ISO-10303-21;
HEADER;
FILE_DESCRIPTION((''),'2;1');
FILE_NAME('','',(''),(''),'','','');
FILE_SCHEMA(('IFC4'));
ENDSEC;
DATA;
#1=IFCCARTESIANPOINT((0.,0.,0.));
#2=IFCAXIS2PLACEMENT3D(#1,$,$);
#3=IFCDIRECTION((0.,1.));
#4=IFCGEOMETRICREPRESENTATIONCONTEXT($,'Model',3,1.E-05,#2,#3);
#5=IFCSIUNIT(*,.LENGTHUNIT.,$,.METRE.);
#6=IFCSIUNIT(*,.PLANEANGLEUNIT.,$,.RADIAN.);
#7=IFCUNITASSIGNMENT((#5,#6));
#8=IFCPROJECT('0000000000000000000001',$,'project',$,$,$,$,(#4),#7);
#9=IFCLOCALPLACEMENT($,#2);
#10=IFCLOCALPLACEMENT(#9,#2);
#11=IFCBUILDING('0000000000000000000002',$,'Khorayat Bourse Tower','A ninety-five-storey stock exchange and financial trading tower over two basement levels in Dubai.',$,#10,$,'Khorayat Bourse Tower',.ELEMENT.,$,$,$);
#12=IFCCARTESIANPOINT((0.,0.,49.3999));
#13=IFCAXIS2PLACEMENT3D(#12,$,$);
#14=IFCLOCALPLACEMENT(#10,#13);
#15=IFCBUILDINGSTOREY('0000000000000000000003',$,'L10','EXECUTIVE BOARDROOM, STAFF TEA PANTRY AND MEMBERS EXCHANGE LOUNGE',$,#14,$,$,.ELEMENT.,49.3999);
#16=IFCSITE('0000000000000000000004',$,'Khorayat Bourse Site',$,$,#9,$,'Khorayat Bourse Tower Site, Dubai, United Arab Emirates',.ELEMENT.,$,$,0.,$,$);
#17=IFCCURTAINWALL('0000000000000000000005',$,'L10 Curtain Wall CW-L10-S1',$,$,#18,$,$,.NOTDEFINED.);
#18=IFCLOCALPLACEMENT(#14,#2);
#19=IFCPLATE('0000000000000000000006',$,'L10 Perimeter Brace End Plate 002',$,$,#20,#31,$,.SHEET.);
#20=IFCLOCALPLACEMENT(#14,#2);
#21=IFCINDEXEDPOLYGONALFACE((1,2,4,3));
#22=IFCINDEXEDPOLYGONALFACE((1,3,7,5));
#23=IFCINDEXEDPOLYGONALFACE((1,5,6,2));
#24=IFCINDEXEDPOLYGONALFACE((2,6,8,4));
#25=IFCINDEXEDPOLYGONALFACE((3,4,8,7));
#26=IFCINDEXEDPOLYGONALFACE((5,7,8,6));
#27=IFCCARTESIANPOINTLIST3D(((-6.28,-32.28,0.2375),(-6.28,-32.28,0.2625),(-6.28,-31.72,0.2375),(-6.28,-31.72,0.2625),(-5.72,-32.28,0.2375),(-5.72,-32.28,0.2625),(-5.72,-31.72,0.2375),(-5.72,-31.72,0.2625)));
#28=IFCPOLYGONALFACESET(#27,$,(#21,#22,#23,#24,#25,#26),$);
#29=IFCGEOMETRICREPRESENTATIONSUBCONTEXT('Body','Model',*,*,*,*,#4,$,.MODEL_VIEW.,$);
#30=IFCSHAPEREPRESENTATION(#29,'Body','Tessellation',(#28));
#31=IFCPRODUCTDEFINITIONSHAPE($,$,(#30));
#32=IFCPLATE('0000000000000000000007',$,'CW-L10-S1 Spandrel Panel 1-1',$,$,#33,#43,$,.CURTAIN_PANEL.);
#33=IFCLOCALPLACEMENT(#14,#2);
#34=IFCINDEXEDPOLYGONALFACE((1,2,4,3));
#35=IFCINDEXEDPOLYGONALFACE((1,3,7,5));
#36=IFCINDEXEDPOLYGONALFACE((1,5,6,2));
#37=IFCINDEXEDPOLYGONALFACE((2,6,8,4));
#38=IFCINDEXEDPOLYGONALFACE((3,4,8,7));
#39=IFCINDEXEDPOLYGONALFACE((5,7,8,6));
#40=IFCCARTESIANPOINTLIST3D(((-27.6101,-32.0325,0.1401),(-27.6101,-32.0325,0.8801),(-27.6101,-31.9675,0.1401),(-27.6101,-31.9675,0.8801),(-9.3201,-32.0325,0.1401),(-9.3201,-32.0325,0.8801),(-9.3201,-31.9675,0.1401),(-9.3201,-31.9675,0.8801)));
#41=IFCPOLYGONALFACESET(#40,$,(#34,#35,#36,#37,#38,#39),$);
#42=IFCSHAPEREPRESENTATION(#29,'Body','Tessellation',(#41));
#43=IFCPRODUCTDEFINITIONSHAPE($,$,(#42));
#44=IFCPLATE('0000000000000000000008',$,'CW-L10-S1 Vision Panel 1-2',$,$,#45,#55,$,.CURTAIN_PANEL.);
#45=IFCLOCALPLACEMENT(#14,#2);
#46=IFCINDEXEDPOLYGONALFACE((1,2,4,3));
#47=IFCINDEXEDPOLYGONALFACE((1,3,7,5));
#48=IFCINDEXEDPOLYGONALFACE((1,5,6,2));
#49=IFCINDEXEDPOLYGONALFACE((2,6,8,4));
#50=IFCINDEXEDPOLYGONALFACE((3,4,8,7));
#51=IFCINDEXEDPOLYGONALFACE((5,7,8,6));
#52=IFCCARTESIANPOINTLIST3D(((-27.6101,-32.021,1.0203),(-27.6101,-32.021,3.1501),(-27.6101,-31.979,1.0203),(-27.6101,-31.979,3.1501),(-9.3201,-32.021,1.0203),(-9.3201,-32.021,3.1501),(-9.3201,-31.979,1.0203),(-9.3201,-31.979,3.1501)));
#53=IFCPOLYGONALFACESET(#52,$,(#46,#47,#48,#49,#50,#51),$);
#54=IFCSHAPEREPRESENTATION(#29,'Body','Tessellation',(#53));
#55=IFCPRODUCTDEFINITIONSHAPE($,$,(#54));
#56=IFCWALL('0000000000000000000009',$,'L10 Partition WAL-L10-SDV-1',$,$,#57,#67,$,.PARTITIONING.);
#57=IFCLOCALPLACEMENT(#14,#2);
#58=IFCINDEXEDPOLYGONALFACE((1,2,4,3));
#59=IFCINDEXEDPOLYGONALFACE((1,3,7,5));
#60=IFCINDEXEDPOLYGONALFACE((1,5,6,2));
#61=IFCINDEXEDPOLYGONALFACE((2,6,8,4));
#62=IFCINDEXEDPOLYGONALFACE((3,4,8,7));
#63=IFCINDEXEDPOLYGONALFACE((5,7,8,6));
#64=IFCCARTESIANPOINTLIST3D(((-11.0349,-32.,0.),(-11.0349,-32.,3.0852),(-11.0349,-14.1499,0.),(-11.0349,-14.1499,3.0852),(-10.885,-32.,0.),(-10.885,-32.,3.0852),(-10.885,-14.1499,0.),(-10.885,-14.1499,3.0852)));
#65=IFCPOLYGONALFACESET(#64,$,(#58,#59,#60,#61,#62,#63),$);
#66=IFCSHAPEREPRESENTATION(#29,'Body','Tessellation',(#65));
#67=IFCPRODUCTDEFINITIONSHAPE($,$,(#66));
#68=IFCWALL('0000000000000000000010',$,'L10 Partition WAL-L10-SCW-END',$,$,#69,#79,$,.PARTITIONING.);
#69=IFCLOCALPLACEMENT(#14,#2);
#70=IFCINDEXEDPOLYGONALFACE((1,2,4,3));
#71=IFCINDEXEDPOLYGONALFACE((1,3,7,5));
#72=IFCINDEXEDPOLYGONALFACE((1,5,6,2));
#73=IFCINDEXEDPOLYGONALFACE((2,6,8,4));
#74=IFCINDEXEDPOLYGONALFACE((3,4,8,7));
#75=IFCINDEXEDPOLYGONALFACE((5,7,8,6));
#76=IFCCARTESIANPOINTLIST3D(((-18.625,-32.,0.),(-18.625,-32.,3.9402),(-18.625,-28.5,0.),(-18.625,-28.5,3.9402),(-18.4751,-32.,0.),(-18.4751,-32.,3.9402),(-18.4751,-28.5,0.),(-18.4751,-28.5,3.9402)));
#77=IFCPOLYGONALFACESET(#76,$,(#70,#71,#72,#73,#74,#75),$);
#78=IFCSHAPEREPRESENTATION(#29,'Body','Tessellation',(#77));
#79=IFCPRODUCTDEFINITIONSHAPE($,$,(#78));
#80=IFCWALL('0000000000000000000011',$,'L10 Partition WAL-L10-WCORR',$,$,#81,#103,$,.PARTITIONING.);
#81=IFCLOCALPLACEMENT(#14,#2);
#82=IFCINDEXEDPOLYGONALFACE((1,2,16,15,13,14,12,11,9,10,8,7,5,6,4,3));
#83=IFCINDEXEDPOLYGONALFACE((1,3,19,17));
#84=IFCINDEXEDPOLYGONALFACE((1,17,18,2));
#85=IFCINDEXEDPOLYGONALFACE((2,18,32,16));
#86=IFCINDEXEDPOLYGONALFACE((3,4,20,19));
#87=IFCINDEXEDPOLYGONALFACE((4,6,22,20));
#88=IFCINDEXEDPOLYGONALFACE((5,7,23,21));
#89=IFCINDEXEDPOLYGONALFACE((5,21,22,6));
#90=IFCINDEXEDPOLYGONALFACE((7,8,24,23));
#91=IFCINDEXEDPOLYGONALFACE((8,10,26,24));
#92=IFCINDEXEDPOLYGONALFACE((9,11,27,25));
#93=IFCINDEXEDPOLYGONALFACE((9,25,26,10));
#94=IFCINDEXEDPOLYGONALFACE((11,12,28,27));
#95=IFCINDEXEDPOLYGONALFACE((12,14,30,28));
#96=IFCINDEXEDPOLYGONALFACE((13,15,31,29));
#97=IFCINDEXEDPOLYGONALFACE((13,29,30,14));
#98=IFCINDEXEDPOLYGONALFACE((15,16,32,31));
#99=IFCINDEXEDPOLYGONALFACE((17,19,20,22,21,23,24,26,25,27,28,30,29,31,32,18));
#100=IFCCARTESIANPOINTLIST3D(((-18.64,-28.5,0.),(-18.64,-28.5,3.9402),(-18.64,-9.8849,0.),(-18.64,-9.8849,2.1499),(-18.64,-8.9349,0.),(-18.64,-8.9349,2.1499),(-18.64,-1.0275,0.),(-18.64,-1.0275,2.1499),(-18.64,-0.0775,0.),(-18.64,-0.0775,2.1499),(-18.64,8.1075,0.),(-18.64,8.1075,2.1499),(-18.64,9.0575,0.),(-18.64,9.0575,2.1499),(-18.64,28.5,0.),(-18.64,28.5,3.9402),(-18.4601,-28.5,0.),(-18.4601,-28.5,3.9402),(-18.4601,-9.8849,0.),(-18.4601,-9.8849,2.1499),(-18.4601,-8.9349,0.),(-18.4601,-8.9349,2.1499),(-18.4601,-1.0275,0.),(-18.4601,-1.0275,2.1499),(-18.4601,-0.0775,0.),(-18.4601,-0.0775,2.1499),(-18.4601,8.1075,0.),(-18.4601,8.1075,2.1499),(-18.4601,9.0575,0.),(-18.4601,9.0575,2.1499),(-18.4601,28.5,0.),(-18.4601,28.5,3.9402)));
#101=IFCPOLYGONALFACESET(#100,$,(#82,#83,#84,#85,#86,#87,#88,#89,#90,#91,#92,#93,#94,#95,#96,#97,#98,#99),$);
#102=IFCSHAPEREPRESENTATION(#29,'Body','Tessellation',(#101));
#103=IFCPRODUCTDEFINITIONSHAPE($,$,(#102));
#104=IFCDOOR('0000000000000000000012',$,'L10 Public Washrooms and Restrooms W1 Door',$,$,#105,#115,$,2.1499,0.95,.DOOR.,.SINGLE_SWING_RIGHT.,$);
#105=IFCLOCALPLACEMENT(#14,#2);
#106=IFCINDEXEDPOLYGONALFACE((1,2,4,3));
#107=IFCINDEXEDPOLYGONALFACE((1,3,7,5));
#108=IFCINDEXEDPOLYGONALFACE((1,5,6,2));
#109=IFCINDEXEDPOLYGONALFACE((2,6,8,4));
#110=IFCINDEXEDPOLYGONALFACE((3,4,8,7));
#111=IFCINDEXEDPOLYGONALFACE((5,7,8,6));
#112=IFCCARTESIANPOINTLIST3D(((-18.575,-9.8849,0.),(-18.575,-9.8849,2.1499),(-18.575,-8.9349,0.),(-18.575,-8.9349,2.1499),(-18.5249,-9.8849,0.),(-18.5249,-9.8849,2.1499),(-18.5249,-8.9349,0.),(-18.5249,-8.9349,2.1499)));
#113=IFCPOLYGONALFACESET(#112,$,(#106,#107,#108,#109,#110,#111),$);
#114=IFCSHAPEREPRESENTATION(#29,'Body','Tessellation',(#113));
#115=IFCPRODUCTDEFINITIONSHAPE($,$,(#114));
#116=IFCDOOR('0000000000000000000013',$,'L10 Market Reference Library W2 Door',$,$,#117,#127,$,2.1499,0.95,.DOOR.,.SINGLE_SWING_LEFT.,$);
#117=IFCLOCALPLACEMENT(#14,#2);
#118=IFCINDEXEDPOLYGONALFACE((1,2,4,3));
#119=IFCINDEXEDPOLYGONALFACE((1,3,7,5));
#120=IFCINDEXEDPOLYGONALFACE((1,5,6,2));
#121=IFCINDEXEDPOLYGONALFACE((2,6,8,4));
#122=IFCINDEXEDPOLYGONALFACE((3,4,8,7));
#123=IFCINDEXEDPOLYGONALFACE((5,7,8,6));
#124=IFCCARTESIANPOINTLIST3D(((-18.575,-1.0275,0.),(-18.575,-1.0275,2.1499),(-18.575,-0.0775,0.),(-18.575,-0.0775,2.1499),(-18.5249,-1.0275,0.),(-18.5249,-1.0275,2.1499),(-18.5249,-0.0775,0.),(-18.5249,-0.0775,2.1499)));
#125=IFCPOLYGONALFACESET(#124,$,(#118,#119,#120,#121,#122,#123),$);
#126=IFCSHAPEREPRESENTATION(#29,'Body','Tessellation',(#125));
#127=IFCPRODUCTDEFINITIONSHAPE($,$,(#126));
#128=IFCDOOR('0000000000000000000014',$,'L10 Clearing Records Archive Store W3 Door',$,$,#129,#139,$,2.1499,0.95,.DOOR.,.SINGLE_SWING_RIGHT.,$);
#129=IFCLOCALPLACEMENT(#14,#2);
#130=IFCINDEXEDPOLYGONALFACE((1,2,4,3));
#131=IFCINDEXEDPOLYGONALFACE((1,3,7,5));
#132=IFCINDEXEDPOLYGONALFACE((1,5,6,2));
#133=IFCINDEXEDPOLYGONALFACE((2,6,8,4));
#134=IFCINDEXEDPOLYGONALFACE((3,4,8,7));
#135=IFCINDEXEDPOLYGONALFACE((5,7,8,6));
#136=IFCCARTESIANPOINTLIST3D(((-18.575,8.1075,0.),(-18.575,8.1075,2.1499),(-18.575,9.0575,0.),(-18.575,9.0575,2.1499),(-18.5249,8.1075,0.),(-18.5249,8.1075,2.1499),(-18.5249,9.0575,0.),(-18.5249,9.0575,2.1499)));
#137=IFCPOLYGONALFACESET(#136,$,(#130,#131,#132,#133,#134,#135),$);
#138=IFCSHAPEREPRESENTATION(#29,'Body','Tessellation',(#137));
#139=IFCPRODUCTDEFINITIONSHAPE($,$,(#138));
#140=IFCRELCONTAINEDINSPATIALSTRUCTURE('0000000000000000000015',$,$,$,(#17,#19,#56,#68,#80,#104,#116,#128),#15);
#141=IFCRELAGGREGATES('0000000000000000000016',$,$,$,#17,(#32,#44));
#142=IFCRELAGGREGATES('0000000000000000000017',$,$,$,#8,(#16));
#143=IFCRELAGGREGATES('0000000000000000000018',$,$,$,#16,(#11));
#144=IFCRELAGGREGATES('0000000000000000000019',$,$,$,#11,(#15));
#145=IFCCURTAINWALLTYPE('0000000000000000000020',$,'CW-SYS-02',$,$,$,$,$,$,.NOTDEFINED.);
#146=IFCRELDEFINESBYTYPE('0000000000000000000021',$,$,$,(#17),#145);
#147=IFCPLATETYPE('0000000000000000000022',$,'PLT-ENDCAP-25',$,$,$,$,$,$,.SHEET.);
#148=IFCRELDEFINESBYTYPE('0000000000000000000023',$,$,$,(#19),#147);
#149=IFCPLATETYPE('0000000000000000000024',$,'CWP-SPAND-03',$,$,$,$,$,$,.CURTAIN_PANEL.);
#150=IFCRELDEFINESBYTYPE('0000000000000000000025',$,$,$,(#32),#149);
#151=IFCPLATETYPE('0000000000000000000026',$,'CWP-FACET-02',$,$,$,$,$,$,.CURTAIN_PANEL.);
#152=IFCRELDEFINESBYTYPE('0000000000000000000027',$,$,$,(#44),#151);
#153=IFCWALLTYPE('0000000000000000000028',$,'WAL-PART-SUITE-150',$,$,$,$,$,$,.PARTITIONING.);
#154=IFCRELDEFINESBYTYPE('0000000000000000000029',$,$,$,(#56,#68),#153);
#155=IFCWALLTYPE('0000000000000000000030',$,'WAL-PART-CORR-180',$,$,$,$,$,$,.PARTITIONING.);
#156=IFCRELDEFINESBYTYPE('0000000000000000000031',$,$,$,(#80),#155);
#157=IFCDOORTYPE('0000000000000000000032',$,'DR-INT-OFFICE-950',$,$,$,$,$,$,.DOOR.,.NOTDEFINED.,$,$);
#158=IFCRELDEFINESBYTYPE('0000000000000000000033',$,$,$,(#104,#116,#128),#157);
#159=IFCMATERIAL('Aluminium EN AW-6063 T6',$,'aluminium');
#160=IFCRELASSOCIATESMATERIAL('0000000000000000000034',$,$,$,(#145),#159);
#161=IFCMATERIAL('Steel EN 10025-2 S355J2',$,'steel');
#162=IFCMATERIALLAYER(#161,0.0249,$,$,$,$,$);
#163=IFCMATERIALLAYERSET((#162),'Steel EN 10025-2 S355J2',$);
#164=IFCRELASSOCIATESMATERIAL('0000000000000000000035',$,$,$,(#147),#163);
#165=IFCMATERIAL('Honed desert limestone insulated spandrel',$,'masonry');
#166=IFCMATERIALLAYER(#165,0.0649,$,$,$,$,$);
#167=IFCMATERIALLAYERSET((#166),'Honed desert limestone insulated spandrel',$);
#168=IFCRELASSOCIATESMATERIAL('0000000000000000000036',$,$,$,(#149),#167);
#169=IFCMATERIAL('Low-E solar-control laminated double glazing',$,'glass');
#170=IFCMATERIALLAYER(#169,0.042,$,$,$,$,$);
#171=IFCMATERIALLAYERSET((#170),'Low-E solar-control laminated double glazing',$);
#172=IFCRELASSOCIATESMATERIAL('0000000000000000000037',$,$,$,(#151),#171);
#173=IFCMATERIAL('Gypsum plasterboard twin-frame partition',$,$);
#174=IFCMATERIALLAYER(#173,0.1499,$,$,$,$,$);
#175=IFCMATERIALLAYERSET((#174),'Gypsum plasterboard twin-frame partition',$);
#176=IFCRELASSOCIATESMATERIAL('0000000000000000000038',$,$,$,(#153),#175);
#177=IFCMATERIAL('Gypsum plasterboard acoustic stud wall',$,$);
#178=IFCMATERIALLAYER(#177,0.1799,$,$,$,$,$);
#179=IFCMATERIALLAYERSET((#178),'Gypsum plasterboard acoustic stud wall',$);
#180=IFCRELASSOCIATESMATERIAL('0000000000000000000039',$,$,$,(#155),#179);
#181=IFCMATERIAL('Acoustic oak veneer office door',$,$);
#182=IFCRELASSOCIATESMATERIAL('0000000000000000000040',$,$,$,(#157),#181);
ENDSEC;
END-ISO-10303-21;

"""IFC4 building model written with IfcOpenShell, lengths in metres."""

from ifc_helpers import new_model, si_unit, direction, frame, frame_2d, origin, origin_2d, place, context, subcontext, project, spatial, rectangle, extrude, source, transform, mapped, material, layer, layer_set, type_object, element, fill, aggregate, save


model = new_model("IFC4")

# Units and contexts
model_context = context("Model", 3, precision=1e-05, world=origin(), true_north=direction((0.0, 1.0)))
body_context = subcontext(model_context, "Body", "Model", "MODEL_VIEW")
ifc_project = project(units=[si_unit("LENGTHUNIT", "METRE"), si_unit("PLANEANGLEUNIT", "RADIAN")], contexts=[model_context])

# Site, building, storey
site_placement = place(None, origin())
site = spatial("IfcSite", under=ifc_project, at=site_placement, Name="Khorayat Bourse Site", LongName="Khorayat Bourse Tower Site, Dubai, United Arab Emirates", CompositionType="ELEMENT", RefElevation=0.0)
building_placement = place(site_placement, origin())
building = spatial("IfcBuilding", under=site, at=building_placement, Name="Khorayat Bourse Tower", Description="A ninety-five-storey stock exchange and financial trading tower over two basement levels in Dubai.", LongName="Khorayat Bourse Tower", CompositionType="ELEMENT")
storey_placement = place(building_placement, frame((0.0, 0.0, 49.3999)))
storey = spatial("IfcBuildingStorey", under=building, at=storey_placement, Name="L10", Description="EXECUTIVE BOARDROOM, STAFF TEA PANTRY AND MEMBERS EXCHANGE LOUNGE", CompositionType="ELEMENT", Elevation=49.3999)

# Curtain wall
ifc_material_1 = material(Name="Aluminium EN AW-6063 T6", Category="aluminium")
curtain_wall_type = type_object("IfcCurtainWallType", Name="CW-SYS-02", PredefinedType="NOTDEFINED", material=ifc_material_1)
curtain_wall_placement = place(storey_placement, origin())
curtain_wall = element("IfcCurtainWall", 1, at=curtain_wall_placement, inside=storey, type_object=curtain_wall_type, Name="L10 Curtain Wall CW-L10-S1", PredefinedType="NOTDEFINED")

# Plate
ifc_material_2 = material(Name="Steel EN 10025-2 S355J2", Category="steel")
ifc_layer_1 = layer(ifc_material_2, 0.0249)
ifc_layer_set_1 = layer_set([ifc_layer_1], Name="Steel EN 10025-2 S355J2")
plate_type_1 = type_object("IfcPlateType", Name="PLT-ENDCAP-25", PredefinedType="SHEET", material=ifc_layer_set_1)
shared_shape_1 = source(origin(), body_context, "Body", "SweptSolid", [
    extrude(rectangle(XDim=0.5601, YDim=0.5601, at=origin_2d()), origin(), (0.0, 0.0, 1.0), 0.0249),
])
for number, where, z_axis, x_axis, name in (
    (2, (-6.0, -32.0, 0.2375), (0.0, 0.0, 1.0), (1.0, 0.0, 0.0), "L10 Perimeter Brace End Plate 002"),
):
    element("IfcPlate", number, at=place(storey_placement, frame(where, z_axis=z_axis, x_axis=x_axis)), inside=storey, type_object=plate_type_1, Name=name, PredefinedType="SHEET", context=body_context, shape_type="MappedRepresentation", body=[
        mapped(shared_shape_1, transform((0.0, 0.0, 0.0), scale=1.0)),
    ])

# Plates
ifc_material_3 = material(Name="Honed desert limestone insulated spandrel", Category="masonry")
ifc_layer_2 = layer(ifc_material_3, 0.0649)
ifc_layer_set_2 = layer_set([ifc_layer_2], Name="Honed desert limestone insulated spandrel")
plate_type_2 = type_object("IfcPlateType", Name="CWP-SPAND-03", PredefinedType="CURTAIN_PANEL", material=ifc_layer_set_2)
shared_shape_2 = source(origin(), body_context, "Body", "SweptSolid", [
    extrude(rectangle(XDim=18.29, YDim=0.0649, at=origin_2d()), origin(), (0.0, 0.0, 1.0), 0.74),
])
plate_1_placement = place(storey_placement, frame((-18.4651, -32.0, 0.1401), z_axis=(0.0, 0.0, 1.0), x_axis=(1.0, 0.0, 0.0)))
plate_1 = element("IfcPlate", 3, at=plate_1_placement, type_object=plate_type_2, Name="CW-L10-S1 Spandrel Panel 1-1", PredefinedType="CURTAIN_PANEL", context=body_context, shape_type="MappedRepresentation", body=[
    mapped(shared_shape_2, transform((0.0, 0.0, 0.0), scale=1.0)),
])
ifc_material_4 = material(Name="Low-E solar-control laminated double glazing", Category="glass")
ifc_layer_3 = layer(ifc_material_4, 0.042)
ifc_layer_set_3 = layer_set([ifc_layer_3], Name="Low-E solar-control laminated double glazing")
plate_type_3 = type_object("IfcPlateType", Name="CWP-FACET-02", PredefinedType="CURTAIN_PANEL", material=ifc_layer_set_3)
shared_shape_3 = source(origin(), body_context, "Body", "SweptSolid", [
    extrude(rectangle(XDim=18.29, YDim=0.042, at=origin_2d()), origin(), (0.0, 0.0, 1.0), 2.1299),
])
plate_2_placement = place(storey_placement, frame((-18.4651, -32.0, 1.0203), z_axis=(0.0, 0.0, 1.0), x_axis=(1.0, 0.0, 0.0)))
plate_2 = element("IfcPlate", 4, at=plate_2_placement, type_object=plate_type_3, Name="CW-L10-S1 Vision Panel 1-2", PredefinedType="CURTAIN_PANEL", context=body_context, shape_type="MappedRepresentation", body=[
    mapped(shared_shape_3, transform((0.0, 0.0, 0.0), scale=1.0)),
])
aggregate(curtain_wall, [plate_1, plate_2])

# Walls
ifc_material_5 = material(Name="Gypsum plasterboard twin-frame partition")
ifc_layer_4 = layer(ifc_material_5, 0.1499)
ifc_layer_set_4 = layer_set([ifc_layer_4], Name="Gypsum plasterboard twin-frame partition")
wall_type_1 = type_object("IfcWallType", Name="WAL-PART-SUITE-150", PredefinedType="PARTITIONING", material=ifc_layer_set_4)
shared_shape_4 = source(origin(), body_context, "Body", "SweptSolid", [
    extrude(rectangle(XDim=17.8501, YDim=0.1499, at=frame_2d((8.925, 0.0))), origin(), (0.0, 0.0, 1.0), 3.0852),
])
wall_1_placement = place(storey_placement, frame((-10.96, -32.0, 0.0), z_axis=(0.0, 0.0, 1.0), x_axis=(0.0, 1.0, 0.0)))
element("IfcWall", 5, at=wall_1_placement, inside=storey, type_object=wall_type_1, Name="L10 Partition WAL-L10-SDV-1", PredefinedType="PARTITIONING", context=body_context, shape_type="MappedRepresentation", body=[
    mapped(shared_shape_4, transform((0.0, 0.0, 0.0), scale=1.0)),
])
shared_shape_5 = source(origin(), body_context, "Body", "SweptSolid", [
    extrude(rectangle(XDim=3.5, YDim=0.1499, at=frame_2d((1.75, 0.0))), origin(), (0.0, 0.0, 1.0), 3.9402),
])
wall_2_placement = place(storey_placement, frame((-18.55, -32.0, 0.0), z_axis=(0.0, 0.0, 1.0), x_axis=(0.0, 1.0, 0.0)))
element("IfcWall", 6, at=wall_2_placement, inside=storey, type_object=wall_type_1, Name="L10 Partition WAL-L10-SCW-END", PredefinedType="PARTITIONING", context=body_context, shape_type="MappedRepresentation", body=[
    mapped(shared_shape_5, transform((0.0, 0.0, 0.0), scale=1.0)),
])

# Wall, openings, doors
ifc_material_6 = material(Name="Gypsum plasterboard acoustic stud wall")
ifc_layer_5 = layer(ifc_material_6, 0.1799)
ifc_layer_set_5 = layer_set([ifc_layer_5], Name="Gypsum plasterboard acoustic stud wall")
wall_type_2 = type_object("IfcWallType", Name="WAL-PART-CORR-180", PredefinedType="PARTITIONING", material=ifc_layer_set_5)
shared_shape_6 = source(origin(), body_context, "Body", "SweptSolid", [
    extrude(rectangle(XDim=57.0, YDim=0.1799, at=frame_2d((28.5, 0.0))), origin(), (0.0, 0.0, 1.0), 3.9402),
])
wall_3_placement = place(storey_placement, frame((-18.55, -28.5, 0.0), z_axis=(0.0, 0.0, 1.0), x_axis=(0.0, 1.0, 0.0)))
wall_3 = element("IfcWall", 7, at=wall_3_placement, inside=storey, type_object=wall_type_2, Name="L10 Partition WAL-L10-WCORR", PredefinedType="PARTITIONING", context=body_context, shape_type="MappedRepresentation", body=[
    mapped(shared_shape_6, transform((0.0, 0.0, 0.0), scale=1.0)),
])
shared_shape_7 = source(origin(), body_context, "Body", "SweptSolid", [
    extrude(rectangle(XDim=0.95, YDim=2.1499, at=frame_2d((0.4751, 1.075))), frame((0.0, 0.0999, 0.0), z_axis=(0.0, -1.0, 0.0), x_axis=(1.0, 0.0, 0.0)), (0.0, 0.0, 1.0), 0.2),
])
opening_1_placement = place(wall_3_placement, frame((18.615, 0.0, 0.0)))
opening_1 = element("IfcOpeningElement", 8, at=opening_1_placement, cuts=wall_3, PredefinedType="OPENING", context=body_context, shape_type="MappedRepresentation", body=[
    mapped(shared_shape_7, transform((0.0, 0.0, 0.0), scale=1.0)),
])
opening_2_placement = place(wall_3_placement, frame((27.4724, 0.0, 0.0)))
opening_2 = element("IfcOpeningElement", 9, at=opening_2_placement, cuts=wall_3, PredefinedType="OPENING", context=body_context, shape_type="MappedRepresentation", body=[
    mapped(shared_shape_7, transform((0.0, 0.0, 0.0), scale=1.0)),
])
opening_3_placement = place(wall_3_placement, frame((36.6074, 0.0, 0.0)))
opening_3 = element("IfcOpeningElement", 10, at=opening_3_placement, cuts=wall_3, PredefinedType="OPENING", context=body_context, shape_type="MappedRepresentation", body=[
    mapped(shared_shape_7, transform((0.0, 0.0, 0.0), scale=1.0)),
])
ifc_material_7 = material(Name="Acoustic oak veneer office door")
door_type = type_object("IfcDoorType", Name="DR-INT-OFFICE-950", OperationType="NOTDEFINED", PredefinedType="DOOR", material=ifc_material_7)
shared_shape_8 = source(origin(), body_context, "Body", "SweptSolid", [
    extrude(rectangle(XDim=0.95, YDim=2.1499, at=frame_2d((0.4751, 1.075))), frame((0.0, 0.0249, 0.0), z_axis=(0.0, -1.0, 0.0), x_axis=(1.0, 0.0, 0.0)), (0.0, 0.0, 1.0), 0.05),
])
door_1_placement = place(opening_1_placement, origin())
door_1 = element("IfcDoor", 11, at=door_1_placement, inside=storey, type_object=door_type, Name="L10 Public Washrooms and Restrooms W1 Door", OperationType="SINGLE_SWING_RIGHT", OverallHeight=2.1499, OverallWidth=0.95, PredefinedType="DOOR", context=body_context, shape_type="MappedRepresentation", body=[
    mapped(shared_shape_8, transform((0.0, 0.0, 0.0), scale=1.0)),
])
fill(opening_1, door_1)
door_2_placement = place(opening_2_placement, origin())
door_2 = element("IfcDoor", 12, at=door_2_placement, inside=storey, type_object=door_type, Name="L10 Market Reference Library W2 Door", OperationType="SINGLE_SWING_LEFT", OverallHeight=2.1499, OverallWidth=0.95, PredefinedType="DOOR", context=body_context, shape_type="MappedRepresentation", body=[
    mapped(shared_shape_8, transform((0.0, 0.0, 0.0), scale=1.0)),
])
fill(opening_2, door_2)
door_3_placement = place(opening_3_placement, origin())
door_3 = element("IfcDoor", 13, at=door_3_placement, inside=storey, type_object=door_type, Name="L10 Clearing Records Archive Store W3 Door", OperationType="SINGLE_SWING_RIGHT", OverallHeight=2.1499, OverallWidth=0.95, PredefinedType="DOOR", context=body_context, shape_type="MappedRepresentation", body=[
    mapped(shared_shape_8, transform((0.0, 0.0, 0.0), scale=1.0)),
])
fill(opening_3, door_3)

save(model, "model.ifc")
